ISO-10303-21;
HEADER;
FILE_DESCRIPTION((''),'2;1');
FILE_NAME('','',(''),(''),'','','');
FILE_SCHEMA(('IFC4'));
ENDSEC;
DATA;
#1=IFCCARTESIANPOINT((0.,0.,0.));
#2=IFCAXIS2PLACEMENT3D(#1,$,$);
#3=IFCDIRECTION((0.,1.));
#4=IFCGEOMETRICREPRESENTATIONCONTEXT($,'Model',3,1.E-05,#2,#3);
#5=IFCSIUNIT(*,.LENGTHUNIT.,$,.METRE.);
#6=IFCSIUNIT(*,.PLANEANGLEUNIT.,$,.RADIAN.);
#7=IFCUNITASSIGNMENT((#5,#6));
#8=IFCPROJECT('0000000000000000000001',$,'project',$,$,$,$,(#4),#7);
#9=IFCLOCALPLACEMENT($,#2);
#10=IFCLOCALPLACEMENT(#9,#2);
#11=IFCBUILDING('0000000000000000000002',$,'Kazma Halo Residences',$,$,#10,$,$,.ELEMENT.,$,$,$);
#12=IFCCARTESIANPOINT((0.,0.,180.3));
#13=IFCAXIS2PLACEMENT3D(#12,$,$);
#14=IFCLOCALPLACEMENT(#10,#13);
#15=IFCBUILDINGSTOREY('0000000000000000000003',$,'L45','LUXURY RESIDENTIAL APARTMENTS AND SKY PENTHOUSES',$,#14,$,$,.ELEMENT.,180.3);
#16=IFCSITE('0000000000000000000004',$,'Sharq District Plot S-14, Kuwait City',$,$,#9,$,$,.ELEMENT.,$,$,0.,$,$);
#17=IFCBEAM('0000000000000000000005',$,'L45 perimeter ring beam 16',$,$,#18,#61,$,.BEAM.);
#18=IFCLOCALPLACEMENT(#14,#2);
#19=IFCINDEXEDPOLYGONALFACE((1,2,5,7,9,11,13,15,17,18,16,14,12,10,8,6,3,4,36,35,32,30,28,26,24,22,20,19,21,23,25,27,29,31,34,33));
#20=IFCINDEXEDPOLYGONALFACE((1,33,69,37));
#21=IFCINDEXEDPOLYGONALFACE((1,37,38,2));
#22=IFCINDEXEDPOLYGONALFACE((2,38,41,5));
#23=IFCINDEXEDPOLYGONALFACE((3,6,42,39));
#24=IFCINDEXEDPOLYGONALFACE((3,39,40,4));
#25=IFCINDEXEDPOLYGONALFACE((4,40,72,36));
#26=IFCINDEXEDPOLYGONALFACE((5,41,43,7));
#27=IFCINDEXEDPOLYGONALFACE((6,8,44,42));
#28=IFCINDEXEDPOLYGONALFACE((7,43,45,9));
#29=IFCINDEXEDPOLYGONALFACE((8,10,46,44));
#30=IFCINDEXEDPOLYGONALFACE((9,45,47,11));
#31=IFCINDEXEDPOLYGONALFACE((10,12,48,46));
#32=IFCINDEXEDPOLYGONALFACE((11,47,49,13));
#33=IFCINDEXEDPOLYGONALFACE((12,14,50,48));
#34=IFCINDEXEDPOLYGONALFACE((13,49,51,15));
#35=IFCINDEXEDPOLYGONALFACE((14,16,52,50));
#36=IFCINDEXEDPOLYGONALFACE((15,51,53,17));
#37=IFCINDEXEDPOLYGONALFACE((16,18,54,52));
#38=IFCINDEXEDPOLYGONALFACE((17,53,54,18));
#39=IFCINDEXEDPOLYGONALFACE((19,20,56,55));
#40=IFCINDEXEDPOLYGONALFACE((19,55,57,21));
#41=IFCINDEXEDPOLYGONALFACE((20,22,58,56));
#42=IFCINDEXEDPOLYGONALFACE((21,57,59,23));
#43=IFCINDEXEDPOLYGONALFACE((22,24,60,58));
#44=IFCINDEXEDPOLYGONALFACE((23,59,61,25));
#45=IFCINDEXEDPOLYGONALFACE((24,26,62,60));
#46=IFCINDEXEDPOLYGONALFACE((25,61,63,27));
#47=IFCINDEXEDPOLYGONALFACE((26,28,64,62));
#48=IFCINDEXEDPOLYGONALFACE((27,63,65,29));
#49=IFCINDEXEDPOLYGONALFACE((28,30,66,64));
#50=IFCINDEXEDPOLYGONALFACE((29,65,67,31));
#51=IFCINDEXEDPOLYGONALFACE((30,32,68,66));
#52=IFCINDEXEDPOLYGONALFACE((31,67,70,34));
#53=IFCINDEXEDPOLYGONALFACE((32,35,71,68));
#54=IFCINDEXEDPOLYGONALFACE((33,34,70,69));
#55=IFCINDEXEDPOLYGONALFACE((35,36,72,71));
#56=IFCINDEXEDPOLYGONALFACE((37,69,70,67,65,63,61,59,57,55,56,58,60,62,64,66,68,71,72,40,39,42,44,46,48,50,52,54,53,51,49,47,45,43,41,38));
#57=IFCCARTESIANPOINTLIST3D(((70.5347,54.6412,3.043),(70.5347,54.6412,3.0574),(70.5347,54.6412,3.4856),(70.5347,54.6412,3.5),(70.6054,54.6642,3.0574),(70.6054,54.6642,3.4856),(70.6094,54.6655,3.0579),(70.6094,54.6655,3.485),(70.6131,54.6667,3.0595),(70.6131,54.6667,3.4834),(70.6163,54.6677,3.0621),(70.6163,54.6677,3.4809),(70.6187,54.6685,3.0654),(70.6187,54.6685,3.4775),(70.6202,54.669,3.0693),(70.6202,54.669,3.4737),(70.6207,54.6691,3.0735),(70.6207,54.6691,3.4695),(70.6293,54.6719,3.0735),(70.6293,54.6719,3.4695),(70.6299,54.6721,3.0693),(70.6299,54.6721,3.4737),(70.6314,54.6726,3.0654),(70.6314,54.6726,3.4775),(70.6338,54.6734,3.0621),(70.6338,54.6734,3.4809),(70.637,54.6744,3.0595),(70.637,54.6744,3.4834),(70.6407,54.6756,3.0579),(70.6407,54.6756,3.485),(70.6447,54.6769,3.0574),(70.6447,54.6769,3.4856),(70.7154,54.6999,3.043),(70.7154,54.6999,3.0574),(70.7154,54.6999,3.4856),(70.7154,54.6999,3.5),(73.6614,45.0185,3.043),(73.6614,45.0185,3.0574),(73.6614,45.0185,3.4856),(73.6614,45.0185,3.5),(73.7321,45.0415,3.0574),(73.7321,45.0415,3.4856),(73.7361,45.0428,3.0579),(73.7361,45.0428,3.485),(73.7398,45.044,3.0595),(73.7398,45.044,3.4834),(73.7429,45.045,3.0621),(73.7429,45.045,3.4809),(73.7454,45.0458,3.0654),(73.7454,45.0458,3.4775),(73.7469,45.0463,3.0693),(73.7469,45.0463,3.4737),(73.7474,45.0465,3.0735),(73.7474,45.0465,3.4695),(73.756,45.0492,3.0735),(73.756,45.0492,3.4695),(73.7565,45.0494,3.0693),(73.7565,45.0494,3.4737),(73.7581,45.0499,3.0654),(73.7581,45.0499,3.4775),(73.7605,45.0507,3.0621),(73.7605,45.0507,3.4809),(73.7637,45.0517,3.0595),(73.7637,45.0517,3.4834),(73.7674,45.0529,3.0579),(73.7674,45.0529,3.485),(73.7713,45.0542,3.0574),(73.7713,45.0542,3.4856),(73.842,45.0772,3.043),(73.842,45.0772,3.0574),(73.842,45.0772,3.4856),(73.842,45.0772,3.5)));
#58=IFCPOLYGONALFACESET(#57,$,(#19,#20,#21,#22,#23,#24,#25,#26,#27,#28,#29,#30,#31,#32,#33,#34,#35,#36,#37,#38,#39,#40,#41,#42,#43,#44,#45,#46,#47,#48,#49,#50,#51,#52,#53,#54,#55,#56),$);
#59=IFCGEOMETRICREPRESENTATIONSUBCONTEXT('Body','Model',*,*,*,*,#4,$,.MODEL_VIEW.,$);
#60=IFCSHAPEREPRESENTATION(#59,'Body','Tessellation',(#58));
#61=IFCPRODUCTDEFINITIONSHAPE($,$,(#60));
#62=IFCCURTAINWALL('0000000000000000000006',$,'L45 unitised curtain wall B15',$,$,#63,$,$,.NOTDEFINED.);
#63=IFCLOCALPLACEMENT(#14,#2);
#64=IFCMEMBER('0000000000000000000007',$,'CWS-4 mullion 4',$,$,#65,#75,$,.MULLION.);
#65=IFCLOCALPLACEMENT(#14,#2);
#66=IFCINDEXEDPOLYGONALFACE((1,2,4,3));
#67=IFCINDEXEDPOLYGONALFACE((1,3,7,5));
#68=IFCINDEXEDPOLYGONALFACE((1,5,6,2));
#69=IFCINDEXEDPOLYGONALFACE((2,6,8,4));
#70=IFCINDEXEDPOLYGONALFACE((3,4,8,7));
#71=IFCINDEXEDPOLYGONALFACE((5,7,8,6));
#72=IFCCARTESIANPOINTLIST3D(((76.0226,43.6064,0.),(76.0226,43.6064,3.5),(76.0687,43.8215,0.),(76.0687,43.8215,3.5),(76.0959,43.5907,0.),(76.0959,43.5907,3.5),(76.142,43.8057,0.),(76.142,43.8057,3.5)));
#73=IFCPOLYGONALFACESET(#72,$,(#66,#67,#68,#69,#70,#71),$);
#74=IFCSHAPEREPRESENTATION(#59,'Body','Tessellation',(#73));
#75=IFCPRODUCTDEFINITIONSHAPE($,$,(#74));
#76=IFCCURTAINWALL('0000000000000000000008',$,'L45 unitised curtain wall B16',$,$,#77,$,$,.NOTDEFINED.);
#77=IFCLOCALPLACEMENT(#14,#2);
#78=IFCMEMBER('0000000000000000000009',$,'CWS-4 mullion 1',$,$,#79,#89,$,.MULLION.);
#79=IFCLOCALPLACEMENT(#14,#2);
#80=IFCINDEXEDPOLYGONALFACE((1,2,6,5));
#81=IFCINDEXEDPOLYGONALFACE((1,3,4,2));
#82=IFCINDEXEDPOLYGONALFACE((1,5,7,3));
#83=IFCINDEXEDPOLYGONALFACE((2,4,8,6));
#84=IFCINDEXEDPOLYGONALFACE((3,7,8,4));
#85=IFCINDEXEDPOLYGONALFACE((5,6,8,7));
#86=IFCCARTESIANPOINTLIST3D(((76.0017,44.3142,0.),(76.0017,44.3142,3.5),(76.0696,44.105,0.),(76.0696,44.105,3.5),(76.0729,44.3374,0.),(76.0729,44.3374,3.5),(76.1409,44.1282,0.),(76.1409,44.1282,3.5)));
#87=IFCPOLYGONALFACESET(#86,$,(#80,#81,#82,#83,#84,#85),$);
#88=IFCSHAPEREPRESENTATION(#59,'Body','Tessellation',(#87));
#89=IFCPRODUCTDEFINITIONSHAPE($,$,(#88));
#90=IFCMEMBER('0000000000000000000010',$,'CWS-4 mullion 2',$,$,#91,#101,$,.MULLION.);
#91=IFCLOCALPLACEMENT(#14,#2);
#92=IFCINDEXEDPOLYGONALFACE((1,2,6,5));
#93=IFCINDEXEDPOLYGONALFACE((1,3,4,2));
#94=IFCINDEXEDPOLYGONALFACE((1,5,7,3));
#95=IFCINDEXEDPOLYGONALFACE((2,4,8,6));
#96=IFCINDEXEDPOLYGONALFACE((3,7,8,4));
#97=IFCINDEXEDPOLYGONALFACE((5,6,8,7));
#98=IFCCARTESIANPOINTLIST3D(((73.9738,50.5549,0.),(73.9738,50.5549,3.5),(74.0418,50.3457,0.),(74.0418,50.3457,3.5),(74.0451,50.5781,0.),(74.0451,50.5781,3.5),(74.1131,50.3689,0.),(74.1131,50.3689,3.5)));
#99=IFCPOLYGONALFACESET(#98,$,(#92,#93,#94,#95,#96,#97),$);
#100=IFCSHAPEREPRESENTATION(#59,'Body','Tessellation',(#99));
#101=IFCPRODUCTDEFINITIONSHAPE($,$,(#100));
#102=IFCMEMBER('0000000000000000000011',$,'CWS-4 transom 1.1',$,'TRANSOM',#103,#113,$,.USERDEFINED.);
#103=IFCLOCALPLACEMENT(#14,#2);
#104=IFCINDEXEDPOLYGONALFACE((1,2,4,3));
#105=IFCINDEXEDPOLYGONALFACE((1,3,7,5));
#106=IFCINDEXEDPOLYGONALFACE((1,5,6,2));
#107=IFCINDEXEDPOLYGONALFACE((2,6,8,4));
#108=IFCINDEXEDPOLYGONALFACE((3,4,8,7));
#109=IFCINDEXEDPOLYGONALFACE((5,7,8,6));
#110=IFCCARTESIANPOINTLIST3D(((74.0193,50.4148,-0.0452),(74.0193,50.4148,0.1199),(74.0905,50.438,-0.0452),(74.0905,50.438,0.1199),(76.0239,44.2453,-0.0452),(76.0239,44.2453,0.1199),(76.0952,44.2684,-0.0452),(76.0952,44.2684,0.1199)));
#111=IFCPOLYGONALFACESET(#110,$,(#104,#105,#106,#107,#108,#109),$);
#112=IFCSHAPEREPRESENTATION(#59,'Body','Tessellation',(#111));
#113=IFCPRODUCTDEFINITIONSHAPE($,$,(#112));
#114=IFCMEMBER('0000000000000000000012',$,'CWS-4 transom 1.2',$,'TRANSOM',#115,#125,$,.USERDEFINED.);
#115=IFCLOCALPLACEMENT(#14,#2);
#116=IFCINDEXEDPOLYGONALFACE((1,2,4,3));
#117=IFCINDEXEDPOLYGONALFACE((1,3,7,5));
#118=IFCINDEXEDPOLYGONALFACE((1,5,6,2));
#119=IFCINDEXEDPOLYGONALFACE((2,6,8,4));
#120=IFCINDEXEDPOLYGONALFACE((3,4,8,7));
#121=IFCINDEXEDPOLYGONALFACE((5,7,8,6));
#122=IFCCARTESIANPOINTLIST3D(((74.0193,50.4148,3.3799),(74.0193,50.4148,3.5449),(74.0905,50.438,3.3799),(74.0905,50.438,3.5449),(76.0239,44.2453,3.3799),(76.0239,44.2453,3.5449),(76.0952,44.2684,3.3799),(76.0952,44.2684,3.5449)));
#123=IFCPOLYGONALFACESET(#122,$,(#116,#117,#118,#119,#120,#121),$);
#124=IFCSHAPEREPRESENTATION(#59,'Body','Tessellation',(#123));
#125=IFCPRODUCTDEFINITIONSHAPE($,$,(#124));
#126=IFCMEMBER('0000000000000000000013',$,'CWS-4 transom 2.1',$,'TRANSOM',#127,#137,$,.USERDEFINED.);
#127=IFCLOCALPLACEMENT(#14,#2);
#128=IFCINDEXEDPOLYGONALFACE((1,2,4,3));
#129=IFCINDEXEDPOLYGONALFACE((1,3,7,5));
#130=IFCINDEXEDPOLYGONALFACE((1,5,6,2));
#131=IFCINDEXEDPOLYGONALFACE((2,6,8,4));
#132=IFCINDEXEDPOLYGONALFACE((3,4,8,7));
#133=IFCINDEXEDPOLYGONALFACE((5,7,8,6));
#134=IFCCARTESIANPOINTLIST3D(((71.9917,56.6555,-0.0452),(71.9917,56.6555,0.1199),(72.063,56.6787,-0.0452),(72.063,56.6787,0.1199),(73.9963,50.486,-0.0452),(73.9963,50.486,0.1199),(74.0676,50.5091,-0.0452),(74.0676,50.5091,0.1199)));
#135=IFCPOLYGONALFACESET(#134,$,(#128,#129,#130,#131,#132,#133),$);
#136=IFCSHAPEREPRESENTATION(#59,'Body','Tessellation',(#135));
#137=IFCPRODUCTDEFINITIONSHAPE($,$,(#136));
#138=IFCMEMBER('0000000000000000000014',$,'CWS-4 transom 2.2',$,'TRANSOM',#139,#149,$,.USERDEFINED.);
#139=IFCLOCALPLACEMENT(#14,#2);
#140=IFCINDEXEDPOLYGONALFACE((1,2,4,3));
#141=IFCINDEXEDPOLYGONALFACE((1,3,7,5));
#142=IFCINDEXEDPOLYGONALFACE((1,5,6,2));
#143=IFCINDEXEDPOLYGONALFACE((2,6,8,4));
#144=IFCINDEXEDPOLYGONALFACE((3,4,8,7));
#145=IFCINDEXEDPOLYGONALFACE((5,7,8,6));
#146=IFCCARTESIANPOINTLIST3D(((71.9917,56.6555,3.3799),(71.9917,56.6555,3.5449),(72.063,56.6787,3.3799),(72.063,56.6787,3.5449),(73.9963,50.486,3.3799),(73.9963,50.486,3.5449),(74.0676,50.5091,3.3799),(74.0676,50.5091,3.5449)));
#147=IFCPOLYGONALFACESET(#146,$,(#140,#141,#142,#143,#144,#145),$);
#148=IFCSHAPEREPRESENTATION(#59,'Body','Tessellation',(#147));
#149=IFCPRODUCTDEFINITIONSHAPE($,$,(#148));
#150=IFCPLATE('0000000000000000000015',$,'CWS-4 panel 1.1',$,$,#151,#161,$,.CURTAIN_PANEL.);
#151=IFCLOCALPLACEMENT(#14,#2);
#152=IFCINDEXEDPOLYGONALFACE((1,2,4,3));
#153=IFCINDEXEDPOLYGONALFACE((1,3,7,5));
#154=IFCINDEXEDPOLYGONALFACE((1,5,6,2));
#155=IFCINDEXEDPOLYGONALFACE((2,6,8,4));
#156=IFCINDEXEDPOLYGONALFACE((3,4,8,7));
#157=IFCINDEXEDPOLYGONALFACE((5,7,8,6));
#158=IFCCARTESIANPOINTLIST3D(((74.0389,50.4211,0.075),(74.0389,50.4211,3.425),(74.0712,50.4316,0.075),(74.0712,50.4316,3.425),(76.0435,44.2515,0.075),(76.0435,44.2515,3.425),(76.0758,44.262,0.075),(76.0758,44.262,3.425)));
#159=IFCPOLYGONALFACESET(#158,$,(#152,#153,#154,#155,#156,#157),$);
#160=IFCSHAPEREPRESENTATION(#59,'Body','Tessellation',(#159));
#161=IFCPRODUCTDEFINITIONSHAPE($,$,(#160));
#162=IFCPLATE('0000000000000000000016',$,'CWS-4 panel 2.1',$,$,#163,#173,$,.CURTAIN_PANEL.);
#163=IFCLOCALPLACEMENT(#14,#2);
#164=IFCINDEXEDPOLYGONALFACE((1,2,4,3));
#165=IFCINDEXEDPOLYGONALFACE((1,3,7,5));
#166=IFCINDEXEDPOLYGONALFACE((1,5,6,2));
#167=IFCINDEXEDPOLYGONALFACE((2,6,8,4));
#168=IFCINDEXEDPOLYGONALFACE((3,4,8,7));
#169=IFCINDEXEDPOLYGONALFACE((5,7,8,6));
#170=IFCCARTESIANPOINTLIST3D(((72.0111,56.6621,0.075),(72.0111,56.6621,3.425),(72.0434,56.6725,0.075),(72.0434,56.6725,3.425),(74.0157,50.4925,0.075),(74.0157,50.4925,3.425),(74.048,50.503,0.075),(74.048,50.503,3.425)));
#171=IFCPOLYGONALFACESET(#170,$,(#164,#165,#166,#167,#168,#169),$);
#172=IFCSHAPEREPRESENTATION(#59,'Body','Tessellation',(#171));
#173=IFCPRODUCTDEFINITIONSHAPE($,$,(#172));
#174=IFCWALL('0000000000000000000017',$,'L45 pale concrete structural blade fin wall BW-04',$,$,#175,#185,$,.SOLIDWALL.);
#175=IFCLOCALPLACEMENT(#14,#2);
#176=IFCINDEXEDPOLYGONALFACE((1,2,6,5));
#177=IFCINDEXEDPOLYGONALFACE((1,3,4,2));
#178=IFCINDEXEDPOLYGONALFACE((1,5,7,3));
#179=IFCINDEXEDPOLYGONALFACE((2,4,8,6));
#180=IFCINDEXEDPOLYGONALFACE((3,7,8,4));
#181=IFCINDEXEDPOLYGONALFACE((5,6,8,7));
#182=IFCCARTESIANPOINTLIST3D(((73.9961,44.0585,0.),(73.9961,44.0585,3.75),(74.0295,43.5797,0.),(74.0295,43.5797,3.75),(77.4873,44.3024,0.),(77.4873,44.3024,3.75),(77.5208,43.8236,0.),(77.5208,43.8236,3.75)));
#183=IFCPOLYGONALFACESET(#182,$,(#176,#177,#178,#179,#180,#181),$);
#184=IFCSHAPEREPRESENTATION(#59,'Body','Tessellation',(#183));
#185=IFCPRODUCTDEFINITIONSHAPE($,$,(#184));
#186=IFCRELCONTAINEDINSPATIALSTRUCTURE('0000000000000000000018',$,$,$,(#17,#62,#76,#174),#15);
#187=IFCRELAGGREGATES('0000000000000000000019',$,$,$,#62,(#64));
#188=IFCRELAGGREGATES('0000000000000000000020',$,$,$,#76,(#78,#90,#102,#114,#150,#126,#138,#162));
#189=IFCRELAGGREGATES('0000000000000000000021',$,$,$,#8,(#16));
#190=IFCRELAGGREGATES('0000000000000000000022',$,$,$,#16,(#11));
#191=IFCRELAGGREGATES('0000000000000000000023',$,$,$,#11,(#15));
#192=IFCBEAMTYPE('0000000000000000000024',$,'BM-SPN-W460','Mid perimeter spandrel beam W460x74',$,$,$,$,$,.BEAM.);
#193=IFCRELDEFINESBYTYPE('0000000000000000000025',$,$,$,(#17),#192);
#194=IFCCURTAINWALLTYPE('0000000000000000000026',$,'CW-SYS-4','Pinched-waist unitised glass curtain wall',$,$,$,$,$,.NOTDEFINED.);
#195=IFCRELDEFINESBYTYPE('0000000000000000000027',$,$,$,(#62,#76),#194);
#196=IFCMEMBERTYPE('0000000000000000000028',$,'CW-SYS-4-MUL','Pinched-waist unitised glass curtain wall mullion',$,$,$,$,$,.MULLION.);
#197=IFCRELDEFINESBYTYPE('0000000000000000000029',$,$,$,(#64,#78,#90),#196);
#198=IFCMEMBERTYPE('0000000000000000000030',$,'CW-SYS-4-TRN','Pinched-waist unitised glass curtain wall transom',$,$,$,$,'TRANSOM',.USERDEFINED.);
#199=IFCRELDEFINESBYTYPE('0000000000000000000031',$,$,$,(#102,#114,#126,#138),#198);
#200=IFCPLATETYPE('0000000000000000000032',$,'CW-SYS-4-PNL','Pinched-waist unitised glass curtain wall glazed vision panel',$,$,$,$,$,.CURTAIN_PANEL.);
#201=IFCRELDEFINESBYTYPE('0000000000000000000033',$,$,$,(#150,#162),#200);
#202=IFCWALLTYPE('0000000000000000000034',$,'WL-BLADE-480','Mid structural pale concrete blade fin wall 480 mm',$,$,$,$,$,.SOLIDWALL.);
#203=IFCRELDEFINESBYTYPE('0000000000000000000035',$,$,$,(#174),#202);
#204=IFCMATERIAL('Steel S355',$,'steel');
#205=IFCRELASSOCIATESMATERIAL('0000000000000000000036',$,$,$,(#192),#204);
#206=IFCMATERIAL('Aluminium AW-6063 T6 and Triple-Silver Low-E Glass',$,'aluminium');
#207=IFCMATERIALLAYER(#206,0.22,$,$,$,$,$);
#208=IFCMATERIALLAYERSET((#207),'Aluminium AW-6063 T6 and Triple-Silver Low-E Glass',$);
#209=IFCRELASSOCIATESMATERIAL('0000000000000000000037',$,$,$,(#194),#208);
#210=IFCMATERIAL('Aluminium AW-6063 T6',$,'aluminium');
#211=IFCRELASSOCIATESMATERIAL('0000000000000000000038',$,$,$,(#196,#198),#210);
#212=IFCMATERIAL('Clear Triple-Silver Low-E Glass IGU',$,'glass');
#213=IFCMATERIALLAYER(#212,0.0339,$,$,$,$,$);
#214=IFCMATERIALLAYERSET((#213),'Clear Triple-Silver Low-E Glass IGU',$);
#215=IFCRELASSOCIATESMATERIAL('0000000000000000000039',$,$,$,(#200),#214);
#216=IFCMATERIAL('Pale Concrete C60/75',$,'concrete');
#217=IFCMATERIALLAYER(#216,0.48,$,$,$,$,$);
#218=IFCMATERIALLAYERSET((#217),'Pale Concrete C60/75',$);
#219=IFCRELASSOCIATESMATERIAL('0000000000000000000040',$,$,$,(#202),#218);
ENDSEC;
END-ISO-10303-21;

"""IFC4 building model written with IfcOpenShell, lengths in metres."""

from ifc_helpers import new_model, si_unit, direction, frame, frame_2d, origin, origin_2d, place, context, subcontext, project, spatial, rectangle, i_section, extrude, material, layer, layer_set, material_profile, profile_set, type_object, element, aggregate, save


model = new_model("IFC4")

# Units and contexts
model_context = context("Model", 3, precision=1e-05, world=origin(), true_north=direction((0.0, 1.0)))
body_context = subcontext(model_context, "Body", "Model", "MODEL_VIEW")
ifc_project = project(units=[si_unit("LENGTHUNIT", "METRE"), si_unit("PLANEANGLEUNIT", "RADIAN")], contexts=[model_context])

# Site, building, storey
site_placement = place(None, origin())
site = spatial("IfcSite", under=ifc_project, at=site_placement, Name="Sharq District Plot S-14, Kuwait City", CompositionType="ELEMENT", RefElevation=0.0)
building_placement = place(site_placement, origin())
building = spatial("IfcBuilding", under=site, at=building_placement, Name="Kazma Halo Residences", CompositionType="ELEMENT")
storey_placement = place(building_placement, frame((0.0, 0.0, 180.3)))
storey = spatial("IfcBuildingStorey", under=building, at=storey_placement, Name="L45", Description="LUXURY RESIDENTIAL APARTMENTS AND SKY PENTHOUSES", CompositionType="ELEMENT", Elevation=180.3)

# Beam
ifc_material_1 = material(Name="Steel S355", Category="steel")
ifc_material_profile_1 = material_profile(ifc_material_1, i_section(OverallWidth=0.1899, OverallDepth=0.457, WebThickness=0.009, FlangeThickness=0.0144, FilletRadius=0.0161, at=origin_2d()), Name="W460x74")
ifc_profile_set_1 = profile_set([ifc_material_profile_1], Name="Steel S355")
beam_type_1 = type_object("IfcBeamType", Name="BM-SPN-W460", Description="Mid perimeter spandrel beam W460x74", PredefinedType="BEAM", material=ifc_profile_set_1)
beam_1_placement = place(storey_placement, frame((73.7517, 45.0479, 3.2715), z_axis=(-0.309023, 0.951054, 0.0), x_axis=(-0.951054, -0.309023, 0.0)))
element("IfcBeam", 1, at=beam_1_placement, inside=storey, type_object=beam_type_1, Name="L45 perimeter ring beam 16", PredefinedType="BEAM", context=body_context, shape_type="SweptSolid", body=[
    extrude(i_section(OverallWidth=0.1899, OverallDepth=0.457, WebThickness=0.009, FlangeThickness=0.0144, FilletRadius=0.0161, at=origin_2d()), origin(), (0.0, 0.0, 1.0), 10.1179),
])

# Curtain wall, member
ifc_material_2 = material(Name="Aluminium AW-6063 T6 and Triple-Silver Low-E Glass", Category="aluminium")
ifc_layer_1 = layer(ifc_material_2, 0.22)
ifc_layer_set_1 = layer_set([ifc_layer_1], Name="Aluminium AW-6063 T6 and Triple-Silver Low-E Glass")
curtain_wall_type = type_object("IfcCurtainWallType", Name="CW-SYS-4", Description="Pinched-waist unitised glass curtain wall", PredefinedType="NOTDEFINED", material=ifc_layer_set_1)
curtain_wall_1_placement = place(storey_placement, origin())
curtain_wall_1 = element("IfcCurtainWall", 2, at=curtain_wall_1_placement, inside=storey, type_object=curtain_wall_type, Name="L45 unitised curtain wall B15", PredefinedType="NOTDEFINED")
ifc_material_3 = material(Name="Aluminium AW-6063 T6", Category="aluminium")
ifc_material_profile_2 = material_profile(ifc_material_3, rectangle(XDim=0.075, YDim=0.22, at=origin_2d()), Name="CWM-75x220")
ifc_profile_set_2 = profile_set([ifc_material_profile_2], Name="Aluminium AW-6063 T6")
member_type_1 = type_object("IfcMemberType", Name="CW-SYS-4-MUL", Description="Pinched-waist unitised glass curtain wall mullion", PredefinedType="MULLION", material=ifc_profile_set_2)
member_1_placement = place(storey_placement, frame((76.0823, 43.7061, 0.0), z_axis=(0.0, 0.0, 1.0), x_axis=(-0.977768, 0.20969, 0.0)))
member_1 = element("IfcMember", 3, at=member_1_placement, type_object=member_type_1, Name="CWS-4 mullion 4", PredefinedType="MULLION", context=body_context, shape_type="SweptSolid", body=[
    extrude(rectangle(XDim=0.075, YDim=0.22, at=origin_2d()), origin(), (0.0, 0.0, 1.0), 3.5),
])
aggregate(curtain_wall_1, [member_1])

# Curtain wall, members, plates
curtain_wall_2_placement = place(storey_placement, origin())
curtain_wall_2 = element("IfcCurtainWall", 4, at=curtain_wall_2_placement, inside=storey, type_object=curtain_wall_type, Name="L45 unitised curtain wall B16", PredefinedType="NOTDEFINED")
member_2_placement = place(storey_placement, frame((76.0713, 44.2212, 0.0), z_axis=(0.0, 0.0, 1.0), x_axis=(-0.951057, -0.309016, 0.0)))
member_2 = element("IfcMember", 5, at=member_2_placement, type_object=member_type_1, Name="CWS-4 mullion 1", PredefinedType="MULLION", context=body_context, shape_type="SweptSolid", body=[
    extrude(rectangle(XDim=0.075, YDim=0.22, at=origin_2d()), origin(), (0.0, 0.0, 1.0), 3.5),
])
member_3_placement = place(storey_placement, frame((74.0435, 50.4619, 0.0), z_axis=(0.0, 0.0, 1.0), x_axis=(-0.951057, -0.309016, 0.0)))
member_3 = element("IfcMember", 6, at=member_3_placement, type_object=member_type_1, Name="CWS-4 mullion 2", PredefinedType="MULLION", context=body_context, shape_type="SweptSolid", body=[
    extrude(rectangle(XDim=0.075, YDim=0.22, at=origin_2d()), origin(), (0.0, 0.0, 1.0), 3.5),
])
ifc_material_profile_3 = material_profile(ifc_material_3, rectangle(XDim=0.075, YDim=0.165, at=origin_2d()), Name="CWT-75x165")
ifc_profile_set_3 = profile_set([ifc_material_profile_3], Name="Aluminium AW-6063 T6")
member_type_2 = type_object("IfcMemberType", Name="CW-SYS-4-TRN", Description="Pinched-waist unitised glass curtain wall transom", ElementType="TRANSOM", PredefinedType="USERDEFINED", material=ifc_profile_set_3)
member_4_placement = place(storey_placement, frame((76.0596, 44.2568, 0.0374), z_axis=(-0.309027, 0.951053, 0.0), x_axis=(-0.951053, -0.309027, 0.0)))
member_4 = element("IfcMember", 7, at=member_4_placement, type_object=member_type_2, Name="CWS-4 transom 1.1", ObjectType="TRANSOM", PredefinedType="USERDEFINED", context=body_context, shape_type="SweptSolid", body=[
    extrude(rectangle(XDim=0.075, YDim=0.165, at=origin_2d()), origin(), (0.0, 0.0, 1.0), 6.4871),
])
member_5_placement = place(storey_placement, frame((76.0596, 44.2568, 3.4624), z_axis=(-0.309027, 0.951053, 0.0), x_axis=(-0.951053, -0.309027, 0.0)))
member_5 = element("IfcMember", 8, at=member_5_placement, type_object=member_type_2, Name="CWS-4 transom 1.2", ObjectType="TRANSOM", PredefinedType="USERDEFINED", context=body_context, shape_type="SweptSolid", body=[
    extrude(rectangle(XDim=0.075, YDim=0.165, at=origin_2d()), origin(), (0.0, 0.0, 1.0), 6.4871),
])
member_6_placement = place(storey_placement, frame((74.032, 50.4976, 0.0374), z_axis=(-0.309015, 0.951057, 0.0), x_axis=(-0.951057, -0.309015, 0.0)))
member_6 = element("IfcMember", 9, at=member_6_placement, type_object=member_type_2, Name="CWS-4 transom 2.1", ObjectType="TRANSOM", PredefinedType="USERDEFINED", context=body_context, shape_type="SweptSolid", body=[
    extrude(rectangle(XDim=0.075, YDim=0.165, at=origin_2d()), origin(), (0.0, 0.0, 1.0), 6.4871),
])
member_7_placement = place(storey_placement, frame((74.032, 50.4976, 3.4624), z_axis=(-0.309015, 0.951057, 0.0), x_axis=(-0.951057, -0.309015, 0.0)))
member_7 = element("IfcMember", 10, at=member_7_placement, type_object=member_type_2, Name="CWS-4 transom 2.2", ObjectType="TRANSOM", PredefinedType="USERDEFINED", context=body_context, shape_type="SweptSolid", body=[
    extrude(rectangle(XDim=0.075, YDim=0.165, at=origin_2d()), origin(), (0.0, 0.0, 1.0), 6.4871),
])
ifc_material_4 = material(Name="Clear Triple-Silver Low-E Glass IGU", Category="glass")
ifc_layer_2 = layer(ifc_material_4, 0.0339)
ifc_layer_set_2 = layer_set([ifc_layer_2], Name="Clear Triple-Silver Low-E Glass IGU")
plate_type = type_object("IfcPlateType", Name="CW-SYS-4-PNL", Description="Pinched-waist unitised glass curtain wall glazed vision panel", PredefinedType="CURTAIN_PANEL", material=ifc_layer_set_2)
plate_1_placement = place(storey_placement, frame((75.0574, 47.3416, 0.075), z_axis=(0.0, 0.0, 1.0), x_axis=(-0.309016, 0.951057, 0.0)))
plate_1 = element("IfcPlate", 11, at=plate_1_placement, type_object=plate_type, Name="CWS-4 panel 1.1", PredefinedType="CURTAIN_PANEL", context=body_context, shape_type="SweptSolid", body=[
    extrude(rectangle(XDim=6.4871, YDim=0.0339, at=origin_2d()), origin(), (0.0, 0.0, 1.0), 3.3501),
])
plate_2_placement = place(storey_placement, frame((73.0295, 53.5825, 0.075), z_axis=(0.0, 0.0, 1.0), x_axis=(-0.309016, 0.951057, 0.0)))
plate_2 = element("IfcPlate", 12, at=plate_2_placement, type_object=plate_type, Name="CWS-4 panel 2.1", PredefinedType="CURTAIN_PANEL", context=body_context, shape_type="SweptSolid", body=[
    extrude(rectangle(XDim=6.4871, YDim=0.0339, at=origin_2d()), origin(), (0.0, 0.0, 1.0), 3.3501),
])
aggregate(curtain_wall_2, [member_2, member_3, member_4, member_5, plate_1, member_6, member_7, plate_2])

# Wall
ifc_material_5 = material(Name="Pale Concrete C60/75", Category="concrete")
ifc_layer_3 = layer(ifc_material_5, 0.48)
ifc_layer_set_3 = layer_set([ifc_layer_3], Name="Pale Concrete C60/75")
wall_type_1 = type_object("IfcWallType", Name="WL-BLADE-480", Description="Mid structural pale concrete blade fin wall 480 mm", PredefinedType="SOLIDWALL", material=ifc_layer_set_3)
wall_1_placement = place(storey_placement, frame((74.0127, 43.8191, 0.0), z_axis=(0.0, 0.0, 1.0), x_axis=(0.997569, 0.06969, 0.0)))
element("IfcWall", 13, at=wall_1_placement, inside=storey, type_object=wall_type_1, Name="L45 pale concrete structural blade fin wall BW-04", PredefinedType="SOLIDWALL", context=body_context, shape_type="SweptSolid", body=[
    extrude(rectangle(XDim=3.4998, YDim=0.48, at=frame_2d((1.75, 0.0))), origin(), (0.0, 0.0, 1.0), 3.75),
])

save(model, "model.ifc")
